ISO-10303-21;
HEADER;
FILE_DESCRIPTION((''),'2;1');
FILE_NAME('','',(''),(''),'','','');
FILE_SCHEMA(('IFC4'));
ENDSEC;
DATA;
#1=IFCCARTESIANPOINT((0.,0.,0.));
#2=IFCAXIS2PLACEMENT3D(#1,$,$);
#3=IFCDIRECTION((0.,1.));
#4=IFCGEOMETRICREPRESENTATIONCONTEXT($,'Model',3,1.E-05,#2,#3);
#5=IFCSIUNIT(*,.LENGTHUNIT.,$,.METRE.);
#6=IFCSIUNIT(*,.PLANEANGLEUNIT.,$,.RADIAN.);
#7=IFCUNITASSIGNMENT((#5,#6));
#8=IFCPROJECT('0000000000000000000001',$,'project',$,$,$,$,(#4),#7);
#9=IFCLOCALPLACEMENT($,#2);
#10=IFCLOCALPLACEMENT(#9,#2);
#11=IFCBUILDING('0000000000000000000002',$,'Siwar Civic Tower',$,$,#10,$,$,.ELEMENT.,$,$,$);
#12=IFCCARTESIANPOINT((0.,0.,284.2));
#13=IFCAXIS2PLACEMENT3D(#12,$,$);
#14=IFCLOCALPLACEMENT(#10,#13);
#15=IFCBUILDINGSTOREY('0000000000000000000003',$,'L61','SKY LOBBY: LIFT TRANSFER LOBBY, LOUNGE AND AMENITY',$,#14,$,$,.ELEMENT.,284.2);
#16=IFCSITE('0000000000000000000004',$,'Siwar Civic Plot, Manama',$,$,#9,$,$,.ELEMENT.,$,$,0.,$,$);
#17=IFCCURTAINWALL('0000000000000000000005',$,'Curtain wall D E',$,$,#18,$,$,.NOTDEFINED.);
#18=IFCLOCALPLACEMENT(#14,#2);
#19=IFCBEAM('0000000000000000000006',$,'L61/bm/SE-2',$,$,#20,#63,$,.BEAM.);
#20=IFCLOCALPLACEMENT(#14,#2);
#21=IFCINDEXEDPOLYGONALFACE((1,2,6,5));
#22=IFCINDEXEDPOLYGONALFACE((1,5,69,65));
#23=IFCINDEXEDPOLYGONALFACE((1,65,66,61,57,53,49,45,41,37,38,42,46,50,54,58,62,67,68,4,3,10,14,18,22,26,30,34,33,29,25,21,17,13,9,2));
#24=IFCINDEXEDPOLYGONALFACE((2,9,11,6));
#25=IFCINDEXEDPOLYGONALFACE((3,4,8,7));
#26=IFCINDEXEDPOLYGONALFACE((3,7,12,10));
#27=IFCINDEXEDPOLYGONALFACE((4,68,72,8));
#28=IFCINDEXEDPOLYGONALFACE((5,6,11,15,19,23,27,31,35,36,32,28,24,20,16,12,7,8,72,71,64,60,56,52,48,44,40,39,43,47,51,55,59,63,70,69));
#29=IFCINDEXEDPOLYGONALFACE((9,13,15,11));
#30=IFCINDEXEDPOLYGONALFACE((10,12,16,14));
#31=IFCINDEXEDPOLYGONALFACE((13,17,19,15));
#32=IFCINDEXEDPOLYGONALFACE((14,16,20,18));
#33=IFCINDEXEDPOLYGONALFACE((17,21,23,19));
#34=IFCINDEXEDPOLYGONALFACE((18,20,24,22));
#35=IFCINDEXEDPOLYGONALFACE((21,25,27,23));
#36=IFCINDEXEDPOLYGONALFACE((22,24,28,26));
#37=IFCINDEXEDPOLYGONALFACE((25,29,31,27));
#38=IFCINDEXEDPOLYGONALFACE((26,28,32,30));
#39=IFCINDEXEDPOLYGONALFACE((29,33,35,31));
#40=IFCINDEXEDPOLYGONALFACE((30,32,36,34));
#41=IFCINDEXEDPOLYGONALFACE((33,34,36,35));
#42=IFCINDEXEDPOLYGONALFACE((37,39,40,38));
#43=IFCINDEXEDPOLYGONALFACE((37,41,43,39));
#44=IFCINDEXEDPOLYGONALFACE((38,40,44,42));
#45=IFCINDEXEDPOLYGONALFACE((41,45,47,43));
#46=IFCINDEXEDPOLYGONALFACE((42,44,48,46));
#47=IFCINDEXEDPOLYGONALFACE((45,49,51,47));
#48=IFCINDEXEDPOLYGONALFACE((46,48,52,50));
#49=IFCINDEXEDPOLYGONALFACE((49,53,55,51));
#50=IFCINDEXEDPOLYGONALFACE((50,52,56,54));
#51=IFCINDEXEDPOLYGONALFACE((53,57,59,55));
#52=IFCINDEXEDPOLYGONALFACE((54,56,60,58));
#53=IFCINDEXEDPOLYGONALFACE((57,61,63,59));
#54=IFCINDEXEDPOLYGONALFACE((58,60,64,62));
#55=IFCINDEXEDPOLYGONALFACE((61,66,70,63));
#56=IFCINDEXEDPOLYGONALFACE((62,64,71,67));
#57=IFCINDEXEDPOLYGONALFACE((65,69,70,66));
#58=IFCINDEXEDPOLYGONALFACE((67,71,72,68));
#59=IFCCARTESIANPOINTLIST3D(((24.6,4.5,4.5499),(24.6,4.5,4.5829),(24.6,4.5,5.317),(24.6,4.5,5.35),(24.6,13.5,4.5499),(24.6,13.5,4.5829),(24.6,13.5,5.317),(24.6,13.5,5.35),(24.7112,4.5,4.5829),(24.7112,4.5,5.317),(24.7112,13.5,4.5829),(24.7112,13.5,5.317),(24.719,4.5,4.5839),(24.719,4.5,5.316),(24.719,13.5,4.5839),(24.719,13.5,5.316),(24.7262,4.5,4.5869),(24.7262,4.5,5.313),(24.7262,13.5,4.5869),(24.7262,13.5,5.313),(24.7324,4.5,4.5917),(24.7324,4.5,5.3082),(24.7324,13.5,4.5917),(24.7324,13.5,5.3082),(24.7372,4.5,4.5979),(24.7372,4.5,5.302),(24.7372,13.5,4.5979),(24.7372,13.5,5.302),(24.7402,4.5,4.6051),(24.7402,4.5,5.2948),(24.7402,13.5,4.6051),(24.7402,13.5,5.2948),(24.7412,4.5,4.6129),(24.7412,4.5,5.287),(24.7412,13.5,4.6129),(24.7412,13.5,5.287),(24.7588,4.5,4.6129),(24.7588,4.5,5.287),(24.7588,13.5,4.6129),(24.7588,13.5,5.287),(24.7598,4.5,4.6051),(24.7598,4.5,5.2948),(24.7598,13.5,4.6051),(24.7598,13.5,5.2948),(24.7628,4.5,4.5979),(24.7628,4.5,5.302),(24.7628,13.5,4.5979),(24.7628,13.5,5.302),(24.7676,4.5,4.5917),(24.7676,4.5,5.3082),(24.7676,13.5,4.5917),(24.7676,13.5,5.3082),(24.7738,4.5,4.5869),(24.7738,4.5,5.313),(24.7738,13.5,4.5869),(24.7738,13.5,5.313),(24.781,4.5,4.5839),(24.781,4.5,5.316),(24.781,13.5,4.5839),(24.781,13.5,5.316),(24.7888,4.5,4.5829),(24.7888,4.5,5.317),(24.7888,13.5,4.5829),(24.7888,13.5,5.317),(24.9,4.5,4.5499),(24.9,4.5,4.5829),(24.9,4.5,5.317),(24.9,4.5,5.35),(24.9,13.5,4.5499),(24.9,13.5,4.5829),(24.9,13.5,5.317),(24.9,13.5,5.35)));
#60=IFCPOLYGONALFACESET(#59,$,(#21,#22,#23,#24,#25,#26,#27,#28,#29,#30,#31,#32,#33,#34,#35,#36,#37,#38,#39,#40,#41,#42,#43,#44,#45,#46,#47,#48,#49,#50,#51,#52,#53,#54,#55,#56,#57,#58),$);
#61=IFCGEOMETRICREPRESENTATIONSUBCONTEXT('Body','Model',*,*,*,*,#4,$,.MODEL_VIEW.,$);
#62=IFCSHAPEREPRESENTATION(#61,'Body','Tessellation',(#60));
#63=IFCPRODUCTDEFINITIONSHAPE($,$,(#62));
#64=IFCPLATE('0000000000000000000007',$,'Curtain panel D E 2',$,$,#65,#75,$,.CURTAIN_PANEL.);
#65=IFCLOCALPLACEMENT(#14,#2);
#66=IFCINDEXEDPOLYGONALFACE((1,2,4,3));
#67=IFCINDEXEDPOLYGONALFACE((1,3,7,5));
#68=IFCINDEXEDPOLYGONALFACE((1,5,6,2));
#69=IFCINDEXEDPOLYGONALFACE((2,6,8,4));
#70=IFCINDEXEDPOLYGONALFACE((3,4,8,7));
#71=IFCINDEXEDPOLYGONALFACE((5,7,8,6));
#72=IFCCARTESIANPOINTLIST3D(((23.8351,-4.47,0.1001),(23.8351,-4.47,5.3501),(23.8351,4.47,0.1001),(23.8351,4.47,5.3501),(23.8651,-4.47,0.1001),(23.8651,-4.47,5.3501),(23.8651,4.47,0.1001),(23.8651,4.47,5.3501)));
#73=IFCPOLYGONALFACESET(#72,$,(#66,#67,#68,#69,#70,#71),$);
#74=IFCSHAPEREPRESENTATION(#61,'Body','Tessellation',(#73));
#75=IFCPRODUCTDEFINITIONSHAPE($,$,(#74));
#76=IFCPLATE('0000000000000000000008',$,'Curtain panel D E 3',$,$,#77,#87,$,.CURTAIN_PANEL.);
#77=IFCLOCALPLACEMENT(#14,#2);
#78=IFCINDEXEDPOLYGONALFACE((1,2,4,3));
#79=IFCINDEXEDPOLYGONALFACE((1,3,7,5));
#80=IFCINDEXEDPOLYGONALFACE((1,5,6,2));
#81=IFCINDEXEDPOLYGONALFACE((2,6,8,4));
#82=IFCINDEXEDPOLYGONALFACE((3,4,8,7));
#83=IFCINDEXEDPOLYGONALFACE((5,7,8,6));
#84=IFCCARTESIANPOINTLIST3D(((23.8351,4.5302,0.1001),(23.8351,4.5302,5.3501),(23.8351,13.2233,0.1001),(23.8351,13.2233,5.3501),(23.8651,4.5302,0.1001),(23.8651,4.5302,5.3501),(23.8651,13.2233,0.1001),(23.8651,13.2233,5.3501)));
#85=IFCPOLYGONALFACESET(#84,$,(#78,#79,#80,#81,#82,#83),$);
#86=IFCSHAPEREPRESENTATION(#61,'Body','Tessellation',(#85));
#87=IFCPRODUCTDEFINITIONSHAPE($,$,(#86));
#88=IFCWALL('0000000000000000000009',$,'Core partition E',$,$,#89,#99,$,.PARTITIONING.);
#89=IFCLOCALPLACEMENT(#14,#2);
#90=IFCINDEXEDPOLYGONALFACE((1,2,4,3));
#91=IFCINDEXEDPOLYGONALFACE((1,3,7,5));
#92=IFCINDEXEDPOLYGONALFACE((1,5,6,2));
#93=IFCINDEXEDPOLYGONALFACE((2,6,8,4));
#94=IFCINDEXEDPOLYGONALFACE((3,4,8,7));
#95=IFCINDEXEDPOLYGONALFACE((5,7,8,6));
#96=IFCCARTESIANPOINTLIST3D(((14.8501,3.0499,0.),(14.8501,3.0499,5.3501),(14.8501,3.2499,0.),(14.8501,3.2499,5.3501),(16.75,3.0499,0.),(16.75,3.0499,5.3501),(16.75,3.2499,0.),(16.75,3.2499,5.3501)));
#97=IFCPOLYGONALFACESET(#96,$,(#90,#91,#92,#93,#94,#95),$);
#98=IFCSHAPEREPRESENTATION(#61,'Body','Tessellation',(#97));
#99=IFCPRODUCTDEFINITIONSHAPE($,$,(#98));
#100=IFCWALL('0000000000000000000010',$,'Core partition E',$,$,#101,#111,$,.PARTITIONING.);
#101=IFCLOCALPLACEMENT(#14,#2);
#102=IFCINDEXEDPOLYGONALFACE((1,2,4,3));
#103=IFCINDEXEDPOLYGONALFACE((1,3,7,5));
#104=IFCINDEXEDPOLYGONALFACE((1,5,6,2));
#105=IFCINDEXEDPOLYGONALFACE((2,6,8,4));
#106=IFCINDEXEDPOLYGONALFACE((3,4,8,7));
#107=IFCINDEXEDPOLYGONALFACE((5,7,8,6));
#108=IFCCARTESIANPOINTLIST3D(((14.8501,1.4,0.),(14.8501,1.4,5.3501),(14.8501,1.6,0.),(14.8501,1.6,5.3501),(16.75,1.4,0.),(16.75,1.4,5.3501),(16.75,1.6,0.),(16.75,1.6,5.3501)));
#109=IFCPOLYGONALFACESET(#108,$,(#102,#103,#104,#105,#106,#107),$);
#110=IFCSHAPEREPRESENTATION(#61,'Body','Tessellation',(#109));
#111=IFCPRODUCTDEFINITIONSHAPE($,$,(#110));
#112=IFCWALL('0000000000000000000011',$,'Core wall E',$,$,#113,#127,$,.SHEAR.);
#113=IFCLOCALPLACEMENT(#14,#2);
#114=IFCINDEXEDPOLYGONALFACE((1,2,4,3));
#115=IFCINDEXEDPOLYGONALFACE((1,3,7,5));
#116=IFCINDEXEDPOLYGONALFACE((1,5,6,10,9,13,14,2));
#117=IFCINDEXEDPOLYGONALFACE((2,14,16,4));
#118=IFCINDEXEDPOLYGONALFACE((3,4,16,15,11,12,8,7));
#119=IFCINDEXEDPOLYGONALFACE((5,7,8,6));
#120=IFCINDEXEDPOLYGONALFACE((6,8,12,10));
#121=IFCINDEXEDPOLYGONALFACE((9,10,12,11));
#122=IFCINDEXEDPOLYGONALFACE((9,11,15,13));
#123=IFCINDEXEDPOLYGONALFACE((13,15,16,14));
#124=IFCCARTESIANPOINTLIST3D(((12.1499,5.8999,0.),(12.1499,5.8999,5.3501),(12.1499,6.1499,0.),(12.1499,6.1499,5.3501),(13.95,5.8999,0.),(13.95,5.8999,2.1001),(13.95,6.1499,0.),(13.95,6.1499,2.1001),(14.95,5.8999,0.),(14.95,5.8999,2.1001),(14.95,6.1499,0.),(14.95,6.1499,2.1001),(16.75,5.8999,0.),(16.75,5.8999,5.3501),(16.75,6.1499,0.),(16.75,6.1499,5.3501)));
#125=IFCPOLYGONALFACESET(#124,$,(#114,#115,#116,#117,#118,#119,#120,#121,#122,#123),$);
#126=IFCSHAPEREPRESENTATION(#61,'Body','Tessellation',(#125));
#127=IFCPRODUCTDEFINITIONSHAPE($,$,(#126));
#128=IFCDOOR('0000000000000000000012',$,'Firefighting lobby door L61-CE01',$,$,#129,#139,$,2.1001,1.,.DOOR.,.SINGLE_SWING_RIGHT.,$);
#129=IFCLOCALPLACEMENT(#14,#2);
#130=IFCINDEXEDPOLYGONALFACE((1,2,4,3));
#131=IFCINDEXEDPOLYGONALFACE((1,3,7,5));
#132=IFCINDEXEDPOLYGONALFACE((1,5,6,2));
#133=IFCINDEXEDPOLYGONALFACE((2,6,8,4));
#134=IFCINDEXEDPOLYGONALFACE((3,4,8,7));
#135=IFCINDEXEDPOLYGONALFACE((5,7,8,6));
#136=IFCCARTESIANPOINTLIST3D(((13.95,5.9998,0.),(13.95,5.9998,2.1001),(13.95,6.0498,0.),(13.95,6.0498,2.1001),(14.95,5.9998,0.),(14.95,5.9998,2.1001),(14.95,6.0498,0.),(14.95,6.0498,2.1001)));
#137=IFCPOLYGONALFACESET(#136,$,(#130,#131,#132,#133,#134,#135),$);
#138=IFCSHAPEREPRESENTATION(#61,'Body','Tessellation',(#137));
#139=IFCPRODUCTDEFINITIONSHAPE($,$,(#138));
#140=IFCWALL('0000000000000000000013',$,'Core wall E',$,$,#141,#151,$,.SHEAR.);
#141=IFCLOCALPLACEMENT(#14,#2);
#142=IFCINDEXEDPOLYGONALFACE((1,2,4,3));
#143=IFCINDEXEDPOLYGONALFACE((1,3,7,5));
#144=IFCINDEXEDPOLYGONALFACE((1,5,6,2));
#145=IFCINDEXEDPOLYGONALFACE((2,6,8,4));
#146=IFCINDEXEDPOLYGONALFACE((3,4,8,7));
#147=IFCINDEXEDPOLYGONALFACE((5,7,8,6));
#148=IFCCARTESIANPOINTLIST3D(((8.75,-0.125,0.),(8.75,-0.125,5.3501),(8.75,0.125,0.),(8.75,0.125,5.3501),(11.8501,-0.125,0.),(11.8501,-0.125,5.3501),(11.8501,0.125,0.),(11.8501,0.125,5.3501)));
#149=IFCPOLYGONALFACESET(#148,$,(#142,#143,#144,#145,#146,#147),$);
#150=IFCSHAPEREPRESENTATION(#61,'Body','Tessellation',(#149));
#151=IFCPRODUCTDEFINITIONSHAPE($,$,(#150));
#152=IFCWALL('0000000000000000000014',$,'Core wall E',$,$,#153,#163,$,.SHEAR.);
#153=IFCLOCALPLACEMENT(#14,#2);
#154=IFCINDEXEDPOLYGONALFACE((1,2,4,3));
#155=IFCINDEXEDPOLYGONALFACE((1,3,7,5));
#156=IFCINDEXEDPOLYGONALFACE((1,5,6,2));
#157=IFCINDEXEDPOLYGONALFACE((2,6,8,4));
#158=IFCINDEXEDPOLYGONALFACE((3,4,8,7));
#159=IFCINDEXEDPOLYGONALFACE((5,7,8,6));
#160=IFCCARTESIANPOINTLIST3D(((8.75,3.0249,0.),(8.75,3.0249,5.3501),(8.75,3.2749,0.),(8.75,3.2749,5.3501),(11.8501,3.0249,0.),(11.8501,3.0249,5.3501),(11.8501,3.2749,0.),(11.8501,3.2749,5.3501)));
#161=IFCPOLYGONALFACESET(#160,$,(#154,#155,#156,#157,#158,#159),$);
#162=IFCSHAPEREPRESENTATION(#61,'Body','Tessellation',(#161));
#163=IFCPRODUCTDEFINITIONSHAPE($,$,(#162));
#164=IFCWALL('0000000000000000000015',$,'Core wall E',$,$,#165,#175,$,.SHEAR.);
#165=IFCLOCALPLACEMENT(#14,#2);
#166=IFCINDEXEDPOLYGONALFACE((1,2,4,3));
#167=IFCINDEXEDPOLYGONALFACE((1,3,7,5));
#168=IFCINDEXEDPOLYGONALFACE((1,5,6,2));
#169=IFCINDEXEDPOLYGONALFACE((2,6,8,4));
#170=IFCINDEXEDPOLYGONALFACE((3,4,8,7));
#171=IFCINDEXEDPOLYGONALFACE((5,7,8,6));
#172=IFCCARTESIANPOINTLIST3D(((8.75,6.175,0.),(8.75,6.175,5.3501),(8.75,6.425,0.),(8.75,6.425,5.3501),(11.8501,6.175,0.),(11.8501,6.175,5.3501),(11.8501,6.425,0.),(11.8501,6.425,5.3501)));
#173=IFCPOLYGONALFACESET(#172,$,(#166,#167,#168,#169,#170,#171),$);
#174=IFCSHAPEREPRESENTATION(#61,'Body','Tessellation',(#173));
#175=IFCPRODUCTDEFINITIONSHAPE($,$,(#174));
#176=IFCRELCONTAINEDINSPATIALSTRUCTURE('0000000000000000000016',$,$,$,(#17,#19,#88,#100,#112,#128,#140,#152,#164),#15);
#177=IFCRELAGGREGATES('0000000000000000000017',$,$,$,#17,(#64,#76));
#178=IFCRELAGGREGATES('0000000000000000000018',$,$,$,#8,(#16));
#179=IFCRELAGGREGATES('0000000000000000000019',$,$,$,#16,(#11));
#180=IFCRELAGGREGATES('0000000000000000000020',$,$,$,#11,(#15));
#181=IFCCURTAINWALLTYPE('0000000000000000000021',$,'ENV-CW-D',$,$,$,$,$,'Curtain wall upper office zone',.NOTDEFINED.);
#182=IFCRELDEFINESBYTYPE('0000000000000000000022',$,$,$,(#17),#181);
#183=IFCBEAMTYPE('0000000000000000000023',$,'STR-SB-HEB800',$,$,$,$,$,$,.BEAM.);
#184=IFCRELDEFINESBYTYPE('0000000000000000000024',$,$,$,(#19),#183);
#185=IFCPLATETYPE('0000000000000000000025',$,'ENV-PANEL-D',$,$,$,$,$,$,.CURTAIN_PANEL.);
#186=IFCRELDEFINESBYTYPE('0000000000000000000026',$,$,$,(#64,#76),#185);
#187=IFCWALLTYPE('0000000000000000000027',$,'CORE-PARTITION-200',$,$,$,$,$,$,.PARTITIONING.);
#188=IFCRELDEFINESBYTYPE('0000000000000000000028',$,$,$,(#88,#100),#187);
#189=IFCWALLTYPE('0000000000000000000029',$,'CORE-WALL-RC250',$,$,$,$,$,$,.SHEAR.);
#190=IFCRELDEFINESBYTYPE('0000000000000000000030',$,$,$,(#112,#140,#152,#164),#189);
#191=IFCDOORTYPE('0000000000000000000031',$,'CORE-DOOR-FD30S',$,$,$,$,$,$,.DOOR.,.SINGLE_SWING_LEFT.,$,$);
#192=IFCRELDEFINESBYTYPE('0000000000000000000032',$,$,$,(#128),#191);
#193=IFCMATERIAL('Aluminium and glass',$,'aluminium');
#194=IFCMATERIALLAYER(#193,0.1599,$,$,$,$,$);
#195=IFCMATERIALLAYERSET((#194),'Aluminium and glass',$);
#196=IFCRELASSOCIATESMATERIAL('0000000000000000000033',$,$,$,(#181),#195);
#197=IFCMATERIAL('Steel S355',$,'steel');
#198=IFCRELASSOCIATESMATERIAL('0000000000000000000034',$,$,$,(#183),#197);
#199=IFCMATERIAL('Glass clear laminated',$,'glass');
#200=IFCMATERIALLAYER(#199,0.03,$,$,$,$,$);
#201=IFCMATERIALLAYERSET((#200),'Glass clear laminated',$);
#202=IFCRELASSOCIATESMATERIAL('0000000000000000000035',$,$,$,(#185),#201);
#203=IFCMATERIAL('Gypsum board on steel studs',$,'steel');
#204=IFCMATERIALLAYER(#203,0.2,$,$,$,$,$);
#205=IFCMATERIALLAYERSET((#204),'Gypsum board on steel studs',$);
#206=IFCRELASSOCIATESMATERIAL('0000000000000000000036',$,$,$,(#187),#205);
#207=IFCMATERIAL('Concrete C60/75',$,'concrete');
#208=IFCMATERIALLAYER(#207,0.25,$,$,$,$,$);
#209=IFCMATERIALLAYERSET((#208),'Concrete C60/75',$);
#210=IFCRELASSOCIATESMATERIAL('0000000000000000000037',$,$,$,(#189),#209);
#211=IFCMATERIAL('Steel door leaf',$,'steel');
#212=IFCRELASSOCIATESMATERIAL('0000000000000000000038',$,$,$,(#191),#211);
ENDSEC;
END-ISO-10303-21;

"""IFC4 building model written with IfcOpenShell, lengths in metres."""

from ifc_helpers import new_model, si_unit, direction, frame, frame_2d, origin, origin_2d, place, context, subcontext, project, spatial, rectangle, i_section, extrude, material, layer, layer_set, material_profile, profile_set, type_object, element, fill, aggregate, save


model = new_model("IFC4")

# Units and contexts
model_context = context("Model", 3, precision=1e-05, world=origin(), true_north=direction((0.0, 1.0)))
body_context = subcontext(model_context, "Body", "Model", "MODEL_VIEW")
ifc_project = project(units=[si_unit("LENGTHUNIT", "METRE"), si_unit("PLANEANGLEUNIT", "RADIAN")], contexts=[model_context])

# Site, building, storey
site_placement = place(None, origin())
site = spatial("IfcSite", under=ifc_project, at=site_placement, Name="Siwar Civic Plot, Manama", CompositionType="ELEMENT", RefElevation=0.0)
building_placement = place(site_placement, origin())
building = spatial("IfcBuilding", under=site, at=building_placement, Name="Siwar Civic Tower", CompositionType="ELEMENT")
storey_placement = place(building_placement, frame((0.0, 0.0, 284.2)))
storey = spatial("IfcBuildingStorey", under=building, at=storey_placement, Name="L61", Description="SKY LOBBY: LIFT TRANSFER LOBBY, LOUNGE AND AMENITY", CompositionType="ELEMENT", Elevation=284.2)

# Curtain wall
ifc_material_1 = material(Name="Aluminium and glass", Category="aluminium")
ifc_layer_1 = layer(ifc_material_1, 0.1599)
ifc_layer_set_1 = layer_set([ifc_layer_1], Name="Aluminium and glass")
curtain_wall_type = type_object("IfcCurtainWallType", Name="ENV-CW-D", ElementType="Curtain wall upper office zone", PredefinedType="NOTDEFINED", material=ifc_layer_set_1)
curtain_wall_placement = place(storey_placement, origin())
curtain_wall = element("IfcCurtainWall", 1, at=curtain_wall_placement, inside=storey, type_object=curtain_wall_type, Name="Curtain wall D E", PredefinedType="NOTDEFINED")

# Beam
ifc_material_2 = material(Name="Steel S355", Category="steel")
ifc_material_profile_1 = material_profile(ifc_material_2, i_section(OverallWidth=0.3, OverallDepth=0.8, WebThickness=0.0176, FlangeThickness=0.033, FilletRadius=0.03, at=origin_2d()), Name="HEB800")
ifc_profile_set_1 = profile_set([ifc_material_profile_1], Name="Steel S355")
beam_type_1 = type_object("IfcBeamType", Name="STR-SB-HEB800", PredefinedType="BEAM", material=ifc_profile_set_1)
beam_placement = place(storey_placement, frame((24.75, 4.5, 4.95), z_axis=(0.0, 1.0, 0.0), x_axis=(-1.0, 0.0, 0.0)))
element("IfcBeam", 2, at=beam_placement, inside=storey, type_object=beam_type_1, Name="L61/bm/SE-2", PredefinedType="BEAM", context=body_context, shape_type="SweptSolid", body=[
    extrude(i_section(OverallWidth=0.3, OverallDepth=0.8, WebThickness=0.0176, FlangeThickness=0.033, FilletRadius=0.03, at=origin_2d()), origin(), (0.0, 0.0, 1.0), 9.0),
])

# Plates
ifc_material_3 = material(Name="Glass clear laminated", Category="glass")
ifc_layer_2 = layer(ifc_material_3, 0.03)
ifc_layer_set_2 = layer_set([ifc_layer_2], Name="Glass clear laminated")
plate_type = type_object("IfcPlateType", Name="ENV-PANEL-D", PredefinedType="CURTAIN_PANEL", material=ifc_layer_set_2)
plate_1_placement = place(storey_placement, frame((23.8501, 0.0, 0.1001), z_axis=(0.0, 0.0, 1.0), x_axis=(0.0, 1.0, 0.0)))
plate_1 = element("IfcPlate", 3, at=plate_1_placement, type_object=plate_type, Name="Curtain panel D E 2", PredefinedType="CURTAIN_PANEL", context=body_context, shape_type="SweptSolid", body=[
    extrude(rectangle(XDim=8.9399, YDim=0.03, at=origin_2d()), origin(), (0.0, 0.0, 1.0), 5.25),
])
plate_2_placement = place(storey_placement, frame((23.8501, 8.8767, 0.1001), z_axis=(0.0, 0.0, 1.0), x_axis=(0.0, 1.0, 0.0)))
plate_2 = element("IfcPlate", 4, at=plate_2_placement, type_object=plate_type, Name="Curtain panel D E 3", PredefinedType="CURTAIN_PANEL", context=body_context, shape_type="SweptSolid", body=[
    extrude(rectangle(XDim=8.6931, YDim=0.03, at=origin_2d()), origin(), (0.0, 0.0, 1.0), 5.25),
])
aggregate(curtain_wall, [plate_1, plate_2])

# Walls
ifc_material_4 = material(Name="Gypsum board on steel studs", Category="steel")
ifc_layer_3 = layer(ifc_material_4, 0.2)
ifc_layer_set_3 = layer_set([ifc_layer_3], Name="Gypsum board on steel studs")
wall_type_1 = type_object("IfcWallType", Name="CORE-PARTITION-200", PredefinedType="PARTITIONING", material=ifc_layer_set_3)
for number, where, z_axis, x_axis, name in (
    (5, (14.8501, 3.1499, 0.0), (0.0, 0.0, 1.0), (1.0, 0.0, 0.0), "Core partition E"),
    (6, (14.8501, 1.5, 0.0), (0.0, 0.0, 1.0), (1.0, 0.0, 0.0), "Core partition E"),
):
    element("IfcWall", number, at=place(storey_placement, frame(where, z_axis=z_axis, x_axis=x_axis)), inside=storey, type_object=wall_type_1, Name=name, PredefinedType="PARTITIONING", context=body_context, shape_type="SweptSolid", body=[
        extrude(rectangle(XDim=1.8999, YDim=0.2, at=frame_2d((0.95, 0.0))), origin(), (0.0, 0.0, 1.0), 5.3501),
    ])

# Wall, opening, door
ifc_material_5 = material(Name="Concrete C60/75", Category="concrete")
ifc_layer_4 = layer(ifc_material_5, 0.25)
ifc_layer_set_4 = layer_set([ifc_layer_4], Name="Concrete C60/75")
wall_type_2 = type_object("IfcWallType", Name="CORE-WALL-RC250", PredefinedType="SHEAR", material=ifc_layer_set_4)
wall_1_placement = place(storey_placement, frame((12.1499, 6.0249, 0.0), z_axis=(0.0, 0.0, 1.0), x_axis=(1.0, 0.0, 0.0)))
wall_1 = element("IfcWall", 7, at=wall_1_placement, inside=storey, type_object=wall_type_2, Name="Core wall E", PredefinedType="SHEAR", context=body_context, shape_type="SweptSolid", body=[
    extrude(rectangle(XDim=4.6001, YDim=0.25, at=frame_2d((2.3, 0.0))), origin(), (0.0, 0.0, 1.0), 5.3501),
])
opening_1_placement = place(wall_1_placement, frame((1.8, 0.0, 0.0)))
opening_1 = element("IfcOpeningElement", 8, at=opening_1_placement, cuts=wall_1, PredefinedType="OPENING", context=body_context, shape_type="SweptSolid", body=[
    extrude(rectangle(XDim=1.0, YDim=2.1001, at=frame_2d((0.5, 1.05))), frame((0.0, 0.135, 0.0), z_axis=(0.0, -1.0, 0.0), x_axis=(1.0, 0.0, 0.0)), (0.0, 0.0, 1.0), 0.27),
])
ifc_material_6 = material(Name="Steel door leaf", Category="steel")
door_type_1 = type_object("IfcDoorType", Name="CORE-DOOR-FD30S", OperationType="SINGLE_SWING_LEFT", PredefinedType="DOOR", material=ifc_material_6)
door_1_placement = place(opening_1_placement, origin())
door_1 = element("IfcDoor", 9, at=door_1_placement, inside=storey, type_object=door_type_1, Name="Firefighting lobby door L61-CE01", OperationType="SINGLE_SWING_RIGHT", OverallHeight=2.1001, OverallWidth=1.0, PredefinedType="DOOR", context=body_context, shape_type="SweptSolid", body=[
    extrude(rectangle(XDim=1.0, YDim=2.1001, at=frame_2d((0.5, 1.05))), frame((0.0, 0.0249, 0.0), z_axis=(0.0, -1.0, 0.0), x_axis=(1.0, 0.0, 0.0)), (0.0, 0.0, 1.0), 0.05),
])
fill(opening_1, door_1)

# Walls
for number, where, z_axis, x_axis, name in (
    (10, (8.75, 0.0, 0.0), (0.0, 0.0, 1.0), (1.0, 0.0, 0.0), "Core wall E"),
    (11, (8.75, 3.1499, 0.0), (0.0, 0.0, 1.0), (1.0, 0.0, 0.0), "Core wall E"),
    (12, (8.75, 6.3, 0.0), (0.0, 0.0, 1.0), (1.0, 0.0, 0.0), "Core wall E"),
):
    element("IfcWall", number, at=place(storey_placement, frame(where, z_axis=z_axis, x_axis=x_axis)), inside=storey, type_object=wall_type_2, Name=name, PredefinedType="SHEAR", context=body_context, shape_type="SweptSolid", body=[
        extrude(rectangle(XDim=3.1001, YDim=0.25, at=frame_2d((1.55, 0.0))), origin(), (0.0, 0.0, 1.0), 5.3501),
    ])

save(model, "model.ifc")
